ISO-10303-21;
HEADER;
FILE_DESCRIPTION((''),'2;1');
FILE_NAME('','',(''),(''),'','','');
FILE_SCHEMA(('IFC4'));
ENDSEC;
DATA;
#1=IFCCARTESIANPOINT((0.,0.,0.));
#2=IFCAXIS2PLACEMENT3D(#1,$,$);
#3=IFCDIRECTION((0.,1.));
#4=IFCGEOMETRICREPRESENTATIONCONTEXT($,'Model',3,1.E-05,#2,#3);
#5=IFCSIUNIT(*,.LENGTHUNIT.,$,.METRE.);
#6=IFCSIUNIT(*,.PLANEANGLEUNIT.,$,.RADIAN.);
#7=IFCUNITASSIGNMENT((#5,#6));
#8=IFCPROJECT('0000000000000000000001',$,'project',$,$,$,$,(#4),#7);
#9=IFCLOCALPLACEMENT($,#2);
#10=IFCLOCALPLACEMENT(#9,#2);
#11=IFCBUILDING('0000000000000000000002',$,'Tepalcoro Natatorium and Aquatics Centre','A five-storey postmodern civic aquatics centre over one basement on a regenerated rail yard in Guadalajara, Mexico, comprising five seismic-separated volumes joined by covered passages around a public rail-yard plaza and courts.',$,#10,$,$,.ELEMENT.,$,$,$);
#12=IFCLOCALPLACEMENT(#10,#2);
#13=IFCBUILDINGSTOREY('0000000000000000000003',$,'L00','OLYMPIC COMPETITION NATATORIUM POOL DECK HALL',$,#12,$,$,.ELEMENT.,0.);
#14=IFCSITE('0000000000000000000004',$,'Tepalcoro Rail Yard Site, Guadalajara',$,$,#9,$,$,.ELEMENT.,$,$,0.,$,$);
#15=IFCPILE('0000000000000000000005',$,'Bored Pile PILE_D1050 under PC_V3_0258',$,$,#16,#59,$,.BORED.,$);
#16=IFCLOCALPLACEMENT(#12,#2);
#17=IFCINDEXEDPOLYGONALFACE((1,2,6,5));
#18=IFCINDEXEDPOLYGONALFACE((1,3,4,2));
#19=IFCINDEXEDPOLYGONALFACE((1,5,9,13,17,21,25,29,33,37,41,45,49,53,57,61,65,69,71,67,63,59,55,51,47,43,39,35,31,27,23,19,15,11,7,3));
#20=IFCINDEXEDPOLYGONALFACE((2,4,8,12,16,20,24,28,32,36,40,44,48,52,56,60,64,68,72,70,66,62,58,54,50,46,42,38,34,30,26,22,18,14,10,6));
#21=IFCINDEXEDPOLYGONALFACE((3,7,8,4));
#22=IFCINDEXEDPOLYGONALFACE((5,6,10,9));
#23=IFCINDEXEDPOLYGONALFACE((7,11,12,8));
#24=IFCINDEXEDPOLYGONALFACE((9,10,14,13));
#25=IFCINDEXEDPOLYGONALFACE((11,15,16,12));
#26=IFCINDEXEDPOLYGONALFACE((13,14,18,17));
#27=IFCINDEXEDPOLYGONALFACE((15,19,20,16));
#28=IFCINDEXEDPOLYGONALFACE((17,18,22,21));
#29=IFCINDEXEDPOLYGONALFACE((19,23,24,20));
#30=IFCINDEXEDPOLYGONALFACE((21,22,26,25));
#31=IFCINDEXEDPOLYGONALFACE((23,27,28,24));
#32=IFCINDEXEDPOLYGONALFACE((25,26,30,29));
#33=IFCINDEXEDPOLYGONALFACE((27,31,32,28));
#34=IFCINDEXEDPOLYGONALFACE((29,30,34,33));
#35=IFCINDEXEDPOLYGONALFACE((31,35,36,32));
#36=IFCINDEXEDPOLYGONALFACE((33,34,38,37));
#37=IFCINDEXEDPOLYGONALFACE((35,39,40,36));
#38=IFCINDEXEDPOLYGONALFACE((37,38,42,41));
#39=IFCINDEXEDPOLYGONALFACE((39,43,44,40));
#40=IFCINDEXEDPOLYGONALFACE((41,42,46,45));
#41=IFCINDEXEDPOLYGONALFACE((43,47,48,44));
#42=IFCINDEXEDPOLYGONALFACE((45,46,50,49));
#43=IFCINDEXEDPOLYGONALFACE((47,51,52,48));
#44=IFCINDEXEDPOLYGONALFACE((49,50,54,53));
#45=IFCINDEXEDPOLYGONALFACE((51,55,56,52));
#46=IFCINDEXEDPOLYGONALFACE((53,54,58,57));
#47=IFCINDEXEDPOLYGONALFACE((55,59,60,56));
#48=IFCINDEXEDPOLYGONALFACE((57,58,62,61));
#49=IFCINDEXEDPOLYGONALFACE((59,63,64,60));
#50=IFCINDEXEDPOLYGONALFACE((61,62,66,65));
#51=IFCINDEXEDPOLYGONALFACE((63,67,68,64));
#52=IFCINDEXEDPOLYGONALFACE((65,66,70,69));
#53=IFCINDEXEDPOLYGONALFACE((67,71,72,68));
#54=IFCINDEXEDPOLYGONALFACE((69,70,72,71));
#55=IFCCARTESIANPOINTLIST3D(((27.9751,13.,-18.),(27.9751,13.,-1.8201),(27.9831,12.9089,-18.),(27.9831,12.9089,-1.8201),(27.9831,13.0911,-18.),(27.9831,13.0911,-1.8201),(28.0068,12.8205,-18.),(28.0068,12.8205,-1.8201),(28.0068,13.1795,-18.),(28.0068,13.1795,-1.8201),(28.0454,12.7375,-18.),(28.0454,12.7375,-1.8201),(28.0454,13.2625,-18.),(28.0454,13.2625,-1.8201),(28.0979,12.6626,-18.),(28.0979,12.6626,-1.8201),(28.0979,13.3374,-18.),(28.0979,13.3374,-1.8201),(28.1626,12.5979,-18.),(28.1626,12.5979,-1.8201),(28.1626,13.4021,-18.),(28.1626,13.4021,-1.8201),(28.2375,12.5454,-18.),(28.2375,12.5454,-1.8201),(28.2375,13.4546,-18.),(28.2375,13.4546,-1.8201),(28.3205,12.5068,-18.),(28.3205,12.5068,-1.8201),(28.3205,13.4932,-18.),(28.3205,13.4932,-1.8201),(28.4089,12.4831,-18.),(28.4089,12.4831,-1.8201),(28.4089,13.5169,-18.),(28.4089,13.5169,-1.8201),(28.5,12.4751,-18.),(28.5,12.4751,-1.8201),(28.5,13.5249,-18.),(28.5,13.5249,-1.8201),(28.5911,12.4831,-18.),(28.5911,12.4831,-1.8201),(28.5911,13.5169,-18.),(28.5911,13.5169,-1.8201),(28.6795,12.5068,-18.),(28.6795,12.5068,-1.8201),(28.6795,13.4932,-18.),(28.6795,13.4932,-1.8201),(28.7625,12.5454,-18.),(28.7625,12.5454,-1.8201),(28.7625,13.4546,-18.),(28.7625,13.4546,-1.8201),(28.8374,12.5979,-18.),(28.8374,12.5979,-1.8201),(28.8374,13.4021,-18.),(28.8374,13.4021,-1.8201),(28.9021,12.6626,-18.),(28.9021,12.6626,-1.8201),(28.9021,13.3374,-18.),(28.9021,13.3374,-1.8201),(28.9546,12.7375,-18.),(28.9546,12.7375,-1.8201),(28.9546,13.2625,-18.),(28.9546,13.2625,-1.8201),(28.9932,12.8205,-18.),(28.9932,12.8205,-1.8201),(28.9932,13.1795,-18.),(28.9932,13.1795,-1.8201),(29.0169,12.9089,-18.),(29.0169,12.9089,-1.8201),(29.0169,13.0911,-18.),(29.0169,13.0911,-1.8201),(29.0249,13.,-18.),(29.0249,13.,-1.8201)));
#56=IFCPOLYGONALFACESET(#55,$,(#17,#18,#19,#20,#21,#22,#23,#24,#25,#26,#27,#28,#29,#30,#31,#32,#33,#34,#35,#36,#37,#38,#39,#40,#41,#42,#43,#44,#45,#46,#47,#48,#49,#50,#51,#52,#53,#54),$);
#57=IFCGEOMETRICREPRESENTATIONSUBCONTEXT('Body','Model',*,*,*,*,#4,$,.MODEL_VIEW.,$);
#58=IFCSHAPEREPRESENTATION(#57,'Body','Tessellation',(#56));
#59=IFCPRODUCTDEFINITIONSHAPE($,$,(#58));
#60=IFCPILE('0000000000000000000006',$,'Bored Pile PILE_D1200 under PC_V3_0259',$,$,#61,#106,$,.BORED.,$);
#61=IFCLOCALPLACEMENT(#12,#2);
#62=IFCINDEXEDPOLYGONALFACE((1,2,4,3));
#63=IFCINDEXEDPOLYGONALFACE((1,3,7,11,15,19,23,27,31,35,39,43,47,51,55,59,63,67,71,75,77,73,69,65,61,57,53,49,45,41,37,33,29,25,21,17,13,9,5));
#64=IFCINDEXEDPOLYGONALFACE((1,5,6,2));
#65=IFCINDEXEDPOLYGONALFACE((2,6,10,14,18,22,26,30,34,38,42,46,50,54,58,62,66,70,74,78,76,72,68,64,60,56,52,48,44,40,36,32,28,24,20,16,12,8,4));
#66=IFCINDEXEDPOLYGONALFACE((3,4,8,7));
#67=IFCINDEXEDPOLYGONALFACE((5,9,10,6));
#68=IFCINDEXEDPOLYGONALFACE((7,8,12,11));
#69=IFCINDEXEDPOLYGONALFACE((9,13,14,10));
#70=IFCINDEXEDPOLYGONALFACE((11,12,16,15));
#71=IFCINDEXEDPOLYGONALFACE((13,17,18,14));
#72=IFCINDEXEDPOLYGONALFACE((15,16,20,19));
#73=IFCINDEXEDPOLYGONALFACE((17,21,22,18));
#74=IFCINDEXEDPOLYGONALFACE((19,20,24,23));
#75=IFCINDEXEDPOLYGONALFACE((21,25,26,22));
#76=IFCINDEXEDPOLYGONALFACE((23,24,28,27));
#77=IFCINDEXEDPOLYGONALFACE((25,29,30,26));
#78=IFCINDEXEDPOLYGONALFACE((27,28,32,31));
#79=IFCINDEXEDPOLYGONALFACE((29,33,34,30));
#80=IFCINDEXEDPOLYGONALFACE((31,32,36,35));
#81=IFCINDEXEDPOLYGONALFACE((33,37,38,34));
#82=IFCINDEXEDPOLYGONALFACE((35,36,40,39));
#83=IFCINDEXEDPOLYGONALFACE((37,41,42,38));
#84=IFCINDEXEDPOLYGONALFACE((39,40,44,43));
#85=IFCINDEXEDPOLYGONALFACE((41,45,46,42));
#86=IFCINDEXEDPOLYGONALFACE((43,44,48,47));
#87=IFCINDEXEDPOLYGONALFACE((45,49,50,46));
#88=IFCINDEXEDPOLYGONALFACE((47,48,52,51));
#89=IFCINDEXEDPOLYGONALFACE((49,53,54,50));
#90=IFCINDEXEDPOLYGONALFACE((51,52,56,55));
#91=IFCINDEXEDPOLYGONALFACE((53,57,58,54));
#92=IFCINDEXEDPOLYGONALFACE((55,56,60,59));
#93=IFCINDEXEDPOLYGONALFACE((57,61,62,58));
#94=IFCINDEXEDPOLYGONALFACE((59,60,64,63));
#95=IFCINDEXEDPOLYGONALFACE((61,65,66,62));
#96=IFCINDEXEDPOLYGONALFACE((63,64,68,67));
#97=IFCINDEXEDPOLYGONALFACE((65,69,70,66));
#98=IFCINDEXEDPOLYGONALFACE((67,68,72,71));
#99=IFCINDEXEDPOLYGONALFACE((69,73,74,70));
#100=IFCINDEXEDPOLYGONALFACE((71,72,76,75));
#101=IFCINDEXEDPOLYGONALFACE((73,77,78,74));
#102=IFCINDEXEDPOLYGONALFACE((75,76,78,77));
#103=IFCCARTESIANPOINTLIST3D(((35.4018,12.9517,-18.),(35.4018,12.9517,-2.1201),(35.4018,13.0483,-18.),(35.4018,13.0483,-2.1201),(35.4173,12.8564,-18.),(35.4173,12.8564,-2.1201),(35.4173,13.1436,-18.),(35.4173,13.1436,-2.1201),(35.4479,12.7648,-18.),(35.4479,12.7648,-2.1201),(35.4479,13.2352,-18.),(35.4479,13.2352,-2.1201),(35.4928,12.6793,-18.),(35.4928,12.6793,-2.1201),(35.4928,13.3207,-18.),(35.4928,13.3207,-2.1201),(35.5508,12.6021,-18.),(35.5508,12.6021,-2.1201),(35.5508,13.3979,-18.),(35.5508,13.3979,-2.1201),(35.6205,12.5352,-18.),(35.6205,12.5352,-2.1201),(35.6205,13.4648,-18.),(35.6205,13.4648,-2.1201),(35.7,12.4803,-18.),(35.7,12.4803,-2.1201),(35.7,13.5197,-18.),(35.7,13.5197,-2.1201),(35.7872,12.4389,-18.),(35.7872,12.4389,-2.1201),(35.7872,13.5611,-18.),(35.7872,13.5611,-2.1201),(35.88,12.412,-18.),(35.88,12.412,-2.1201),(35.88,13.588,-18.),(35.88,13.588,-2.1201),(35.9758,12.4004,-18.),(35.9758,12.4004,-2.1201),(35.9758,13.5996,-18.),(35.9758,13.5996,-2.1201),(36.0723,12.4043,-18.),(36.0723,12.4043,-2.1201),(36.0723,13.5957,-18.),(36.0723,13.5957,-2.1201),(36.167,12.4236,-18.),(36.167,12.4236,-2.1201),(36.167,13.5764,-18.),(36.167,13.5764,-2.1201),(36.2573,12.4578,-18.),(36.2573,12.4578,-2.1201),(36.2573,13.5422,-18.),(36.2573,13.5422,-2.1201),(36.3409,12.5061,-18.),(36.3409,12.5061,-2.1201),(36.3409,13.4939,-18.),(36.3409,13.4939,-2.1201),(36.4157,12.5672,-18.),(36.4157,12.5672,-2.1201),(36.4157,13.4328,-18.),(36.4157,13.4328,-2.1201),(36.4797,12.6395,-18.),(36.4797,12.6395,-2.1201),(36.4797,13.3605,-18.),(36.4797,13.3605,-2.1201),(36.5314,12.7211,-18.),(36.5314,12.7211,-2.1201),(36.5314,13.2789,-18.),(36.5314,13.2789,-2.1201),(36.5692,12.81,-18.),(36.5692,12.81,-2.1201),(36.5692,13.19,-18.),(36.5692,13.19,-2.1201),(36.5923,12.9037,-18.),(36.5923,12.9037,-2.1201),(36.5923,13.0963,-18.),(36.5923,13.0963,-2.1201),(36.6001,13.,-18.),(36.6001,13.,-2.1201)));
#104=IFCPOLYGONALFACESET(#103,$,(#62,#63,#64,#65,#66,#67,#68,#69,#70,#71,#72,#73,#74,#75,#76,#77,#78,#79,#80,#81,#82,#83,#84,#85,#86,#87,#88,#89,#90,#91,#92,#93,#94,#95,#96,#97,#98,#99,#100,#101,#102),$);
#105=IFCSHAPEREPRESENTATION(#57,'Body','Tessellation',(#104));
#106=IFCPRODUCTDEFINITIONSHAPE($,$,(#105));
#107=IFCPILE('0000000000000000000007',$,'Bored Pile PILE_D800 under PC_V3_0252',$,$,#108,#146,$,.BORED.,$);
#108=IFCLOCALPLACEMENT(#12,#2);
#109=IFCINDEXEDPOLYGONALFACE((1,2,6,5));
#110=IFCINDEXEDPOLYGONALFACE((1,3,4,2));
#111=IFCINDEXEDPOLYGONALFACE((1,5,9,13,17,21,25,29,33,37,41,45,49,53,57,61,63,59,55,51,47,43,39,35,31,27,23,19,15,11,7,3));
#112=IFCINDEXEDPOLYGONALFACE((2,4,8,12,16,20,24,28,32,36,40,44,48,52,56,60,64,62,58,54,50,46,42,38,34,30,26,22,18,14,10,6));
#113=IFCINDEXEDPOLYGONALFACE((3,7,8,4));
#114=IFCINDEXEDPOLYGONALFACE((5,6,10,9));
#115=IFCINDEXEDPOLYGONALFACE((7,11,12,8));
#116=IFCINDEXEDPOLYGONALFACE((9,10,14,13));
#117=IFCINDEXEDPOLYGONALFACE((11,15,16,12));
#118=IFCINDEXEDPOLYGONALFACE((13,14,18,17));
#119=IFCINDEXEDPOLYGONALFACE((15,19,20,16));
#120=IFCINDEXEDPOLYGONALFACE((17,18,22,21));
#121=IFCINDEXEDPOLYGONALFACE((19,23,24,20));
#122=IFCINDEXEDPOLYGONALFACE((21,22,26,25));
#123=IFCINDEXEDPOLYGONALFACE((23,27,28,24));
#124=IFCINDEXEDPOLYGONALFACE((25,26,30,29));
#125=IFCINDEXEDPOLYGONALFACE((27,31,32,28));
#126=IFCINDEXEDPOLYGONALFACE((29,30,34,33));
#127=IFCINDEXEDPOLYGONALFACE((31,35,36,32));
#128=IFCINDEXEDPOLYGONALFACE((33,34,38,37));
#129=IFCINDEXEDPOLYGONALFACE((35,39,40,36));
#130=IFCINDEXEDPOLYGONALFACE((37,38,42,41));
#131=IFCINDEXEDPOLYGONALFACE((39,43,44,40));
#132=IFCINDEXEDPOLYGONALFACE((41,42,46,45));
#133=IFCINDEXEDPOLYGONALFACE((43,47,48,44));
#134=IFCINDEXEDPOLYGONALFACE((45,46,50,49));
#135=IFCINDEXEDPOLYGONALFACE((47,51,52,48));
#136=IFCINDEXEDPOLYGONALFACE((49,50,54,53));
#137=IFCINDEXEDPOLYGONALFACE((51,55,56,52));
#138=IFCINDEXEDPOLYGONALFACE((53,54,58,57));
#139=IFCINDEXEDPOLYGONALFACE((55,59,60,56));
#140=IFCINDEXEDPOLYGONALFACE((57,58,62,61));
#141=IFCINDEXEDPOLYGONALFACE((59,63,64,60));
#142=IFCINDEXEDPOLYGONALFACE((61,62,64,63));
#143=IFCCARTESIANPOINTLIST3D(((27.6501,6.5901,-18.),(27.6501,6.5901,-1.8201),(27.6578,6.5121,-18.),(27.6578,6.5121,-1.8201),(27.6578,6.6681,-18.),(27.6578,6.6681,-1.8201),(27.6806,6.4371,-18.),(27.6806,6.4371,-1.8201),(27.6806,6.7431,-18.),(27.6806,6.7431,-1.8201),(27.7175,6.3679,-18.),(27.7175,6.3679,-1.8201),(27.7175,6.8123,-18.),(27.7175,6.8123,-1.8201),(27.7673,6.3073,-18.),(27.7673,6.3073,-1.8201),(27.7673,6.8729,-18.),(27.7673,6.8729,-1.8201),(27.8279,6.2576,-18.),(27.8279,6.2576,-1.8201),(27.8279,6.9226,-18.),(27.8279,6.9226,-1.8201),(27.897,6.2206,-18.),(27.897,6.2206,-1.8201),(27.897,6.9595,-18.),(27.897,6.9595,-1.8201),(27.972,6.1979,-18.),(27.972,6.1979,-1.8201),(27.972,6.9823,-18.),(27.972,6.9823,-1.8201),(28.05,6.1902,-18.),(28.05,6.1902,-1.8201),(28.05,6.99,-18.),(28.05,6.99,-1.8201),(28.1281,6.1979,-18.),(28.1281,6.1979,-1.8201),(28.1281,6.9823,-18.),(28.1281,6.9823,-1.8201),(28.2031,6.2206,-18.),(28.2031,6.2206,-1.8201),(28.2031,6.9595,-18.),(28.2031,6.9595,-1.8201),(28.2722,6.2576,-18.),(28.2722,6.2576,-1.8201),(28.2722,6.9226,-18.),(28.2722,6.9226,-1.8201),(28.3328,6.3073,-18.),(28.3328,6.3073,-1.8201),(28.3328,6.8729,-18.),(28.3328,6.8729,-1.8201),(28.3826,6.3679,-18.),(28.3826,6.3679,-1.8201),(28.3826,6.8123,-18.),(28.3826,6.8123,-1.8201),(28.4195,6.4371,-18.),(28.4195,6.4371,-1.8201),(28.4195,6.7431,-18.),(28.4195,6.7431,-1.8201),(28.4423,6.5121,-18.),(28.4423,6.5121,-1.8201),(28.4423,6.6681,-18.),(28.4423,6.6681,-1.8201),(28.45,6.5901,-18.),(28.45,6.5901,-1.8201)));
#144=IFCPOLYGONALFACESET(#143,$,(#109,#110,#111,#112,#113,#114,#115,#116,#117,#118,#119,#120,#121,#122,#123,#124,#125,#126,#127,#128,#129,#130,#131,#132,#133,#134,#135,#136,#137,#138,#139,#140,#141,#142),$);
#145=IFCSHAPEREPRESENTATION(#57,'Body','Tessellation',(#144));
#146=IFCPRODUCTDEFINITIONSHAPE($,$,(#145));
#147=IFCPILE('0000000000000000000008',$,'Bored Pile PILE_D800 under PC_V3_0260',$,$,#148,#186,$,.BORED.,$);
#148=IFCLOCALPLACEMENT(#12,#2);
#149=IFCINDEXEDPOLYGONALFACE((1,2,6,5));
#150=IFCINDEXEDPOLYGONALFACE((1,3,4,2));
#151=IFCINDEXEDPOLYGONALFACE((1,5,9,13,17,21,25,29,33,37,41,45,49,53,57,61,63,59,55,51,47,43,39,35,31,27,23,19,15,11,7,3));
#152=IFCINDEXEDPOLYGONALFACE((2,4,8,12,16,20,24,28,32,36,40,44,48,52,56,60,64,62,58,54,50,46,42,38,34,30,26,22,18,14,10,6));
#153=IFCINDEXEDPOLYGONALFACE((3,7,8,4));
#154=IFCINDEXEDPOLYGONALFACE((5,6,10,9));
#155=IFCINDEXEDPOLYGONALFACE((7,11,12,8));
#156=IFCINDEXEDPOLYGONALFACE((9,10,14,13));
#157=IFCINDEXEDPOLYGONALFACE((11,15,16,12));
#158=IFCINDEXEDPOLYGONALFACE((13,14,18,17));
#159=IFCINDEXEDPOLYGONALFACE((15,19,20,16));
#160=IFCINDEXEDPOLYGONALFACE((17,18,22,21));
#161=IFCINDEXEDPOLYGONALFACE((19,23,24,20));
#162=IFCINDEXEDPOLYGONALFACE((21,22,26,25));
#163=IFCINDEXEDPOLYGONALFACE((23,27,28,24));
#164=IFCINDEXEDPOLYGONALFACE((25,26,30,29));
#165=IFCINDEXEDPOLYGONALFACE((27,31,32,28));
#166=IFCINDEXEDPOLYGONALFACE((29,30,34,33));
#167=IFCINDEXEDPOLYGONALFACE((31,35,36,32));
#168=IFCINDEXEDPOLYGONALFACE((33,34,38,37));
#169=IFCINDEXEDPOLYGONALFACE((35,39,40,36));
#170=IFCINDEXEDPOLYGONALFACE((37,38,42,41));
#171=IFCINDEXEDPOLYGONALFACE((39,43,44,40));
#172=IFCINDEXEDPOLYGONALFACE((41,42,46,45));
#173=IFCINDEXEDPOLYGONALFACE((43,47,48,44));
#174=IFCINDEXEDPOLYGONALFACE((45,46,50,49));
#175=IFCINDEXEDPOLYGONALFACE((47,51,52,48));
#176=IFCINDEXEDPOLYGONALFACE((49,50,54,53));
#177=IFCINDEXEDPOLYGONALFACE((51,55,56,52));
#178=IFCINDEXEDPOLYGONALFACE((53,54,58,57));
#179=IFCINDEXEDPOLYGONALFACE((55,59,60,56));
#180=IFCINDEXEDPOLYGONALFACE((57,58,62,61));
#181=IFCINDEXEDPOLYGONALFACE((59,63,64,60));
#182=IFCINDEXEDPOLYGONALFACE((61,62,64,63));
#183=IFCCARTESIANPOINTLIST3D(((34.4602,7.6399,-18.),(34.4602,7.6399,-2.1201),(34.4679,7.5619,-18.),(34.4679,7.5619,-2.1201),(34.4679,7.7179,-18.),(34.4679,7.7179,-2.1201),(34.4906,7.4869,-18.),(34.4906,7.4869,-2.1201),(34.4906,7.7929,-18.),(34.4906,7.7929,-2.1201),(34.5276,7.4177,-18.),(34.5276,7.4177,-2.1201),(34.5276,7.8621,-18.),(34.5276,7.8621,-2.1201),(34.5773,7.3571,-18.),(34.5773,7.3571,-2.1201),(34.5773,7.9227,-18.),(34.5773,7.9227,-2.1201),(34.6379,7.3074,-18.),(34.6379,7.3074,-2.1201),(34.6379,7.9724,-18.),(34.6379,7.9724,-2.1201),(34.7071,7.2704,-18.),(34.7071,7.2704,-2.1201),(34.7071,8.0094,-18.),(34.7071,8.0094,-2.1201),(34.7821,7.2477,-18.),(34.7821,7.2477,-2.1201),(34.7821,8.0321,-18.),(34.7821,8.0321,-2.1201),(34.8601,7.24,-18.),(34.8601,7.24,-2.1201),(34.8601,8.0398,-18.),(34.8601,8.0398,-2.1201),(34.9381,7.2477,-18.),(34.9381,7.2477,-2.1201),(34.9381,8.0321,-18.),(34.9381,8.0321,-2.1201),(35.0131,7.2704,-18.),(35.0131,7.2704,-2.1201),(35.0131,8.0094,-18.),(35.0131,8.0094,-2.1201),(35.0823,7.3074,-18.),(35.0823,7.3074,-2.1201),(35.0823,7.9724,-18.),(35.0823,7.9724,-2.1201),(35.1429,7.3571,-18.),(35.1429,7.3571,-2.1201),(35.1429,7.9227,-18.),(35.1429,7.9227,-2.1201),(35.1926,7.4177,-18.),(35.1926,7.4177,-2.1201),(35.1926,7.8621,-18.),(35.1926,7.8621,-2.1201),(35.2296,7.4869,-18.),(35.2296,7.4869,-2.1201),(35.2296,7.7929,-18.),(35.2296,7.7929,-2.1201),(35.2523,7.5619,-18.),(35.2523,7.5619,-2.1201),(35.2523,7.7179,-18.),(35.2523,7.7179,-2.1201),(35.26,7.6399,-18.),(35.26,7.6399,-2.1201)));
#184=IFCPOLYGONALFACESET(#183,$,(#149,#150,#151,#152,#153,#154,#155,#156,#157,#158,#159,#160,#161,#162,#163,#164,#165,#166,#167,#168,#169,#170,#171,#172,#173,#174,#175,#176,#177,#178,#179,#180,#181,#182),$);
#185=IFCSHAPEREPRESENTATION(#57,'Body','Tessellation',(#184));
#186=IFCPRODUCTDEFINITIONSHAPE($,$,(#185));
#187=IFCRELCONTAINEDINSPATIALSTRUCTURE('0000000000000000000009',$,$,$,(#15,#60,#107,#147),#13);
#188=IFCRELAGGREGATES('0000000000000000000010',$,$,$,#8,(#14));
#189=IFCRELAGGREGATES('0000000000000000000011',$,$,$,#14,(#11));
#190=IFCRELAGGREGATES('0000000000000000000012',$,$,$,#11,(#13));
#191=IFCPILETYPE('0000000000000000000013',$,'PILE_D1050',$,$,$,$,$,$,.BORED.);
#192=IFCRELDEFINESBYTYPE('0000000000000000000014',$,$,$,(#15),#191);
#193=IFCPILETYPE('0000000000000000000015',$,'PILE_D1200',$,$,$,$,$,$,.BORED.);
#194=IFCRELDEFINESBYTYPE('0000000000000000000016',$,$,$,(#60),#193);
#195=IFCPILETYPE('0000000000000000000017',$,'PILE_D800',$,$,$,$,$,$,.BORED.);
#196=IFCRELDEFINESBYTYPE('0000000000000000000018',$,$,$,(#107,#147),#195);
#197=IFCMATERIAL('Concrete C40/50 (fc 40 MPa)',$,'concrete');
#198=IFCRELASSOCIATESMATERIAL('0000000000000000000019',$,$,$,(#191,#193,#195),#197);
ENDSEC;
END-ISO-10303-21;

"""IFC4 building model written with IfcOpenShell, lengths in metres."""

from ifc_helpers import new_model, si_unit, direction, frame, origin, origin_2d, place, context, subcontext, project, spatial, circle, extrude, material, material_profile, profile_set, type_object, element, save


model = new_model("IFC4")

# Units and contexts
model_context = context("Model", 3, precision=1e-05, world=origin(), true_north=direction((0.0, 1.0)))
body_context = subcontext(model_context, "Body", "Model", "MODEL_VIEW")
ifc_project = project(units=[si_unit("LENGTHUNIT", "METRE"), si_unit("PLANEANGLEUNIT", "RADIAN")], contexts=[model_context])

# Site, building, storey
site_placement = place(None, origin())
site = spatial("IfcSite", under=ifc_project, at=site_placement, Name="Tepalcoro Rail Yard Site, Guadalajara", CompositionType="ELEMENT", RefElevation=0.0)
building_placement = place(site_placement, origin())
building = spatial("IfcBuilding", under=site, at=building_placement, Name="Tepalcoro Natatorium and Aquatics Centre", Description="A five-storey postmodern civic aquatics centre over one basement on a regenerated rail yard in Guadalajara, Mexico, comprising five seismic-separated volumes joined by covered passages around a public rail-yard plaza and courts.", CompositionType="ELEMENT")
storey_placement = place(building_placement, origin())
storey = spatial("IfcBuildingStorey", under=building, at=storey_placement, Name="L00", Description="OLYMPIC COMPETITION NATATORIUM POOL DECK HALL", CompositionType="ELEMENT", Elevation=0.0)

# Piles
ifc_material_1 = material(Name="Concrete C40/50 (fc 40 MPa)", Category="concrete")
ifc_material_profile_1 = material_profile(ifc_material_1, circle(Radius=0.5249, at=origin_2d()), Name="PILE_D1050")
ifc_profile_set_1 = profile_set([ifc_material_profile_1], Name="Concrete C40/50 (fc 40 MPa)")
pile_type_1 = type_object("IfcPileType", Name="PILE_D1050", PredefinedType="BORED", material=ifc_profile_set_1)
pile_1_placement = place(storey_placement, frame((28.5, 13.0, -1.8201), z_axis=(0.0, 0.0, -1.0), x_axis=(1.0, 0.0, 0.0)))
element("IfcPile", 1, at=pile_1_placement, inside=storey, type_object=pile_type_1, Name="Bored Pile PILE_D1050 under PC_V3_0258", PredefinedType="BORED", context=body_context, shape_type="SweptSolid", body=[
    extrude(circle(Radius=0.5249, at=origin_2d()), origin(), (0.0, 0.0, 1.0), 16.1799),
])
ifc_material_profile_2 = material_profile(ifc_material_1, circle(Radius=0.6001, at=origin_2d()), Name="PILE_D1200")
ifc_profile_set_2 = profile_set([ifc_material_profile_2], Name="Concrete C40/50 (fc 40 MPa)")
pile_type_2 = type_object("IfcPileType", Name="PILE_D1200", PredefinedType="BORED", material=ifc_profile_set_2)
pile_2_placement = place(storey_placement, frame((36.0, 13.0, -2.1201), z_axis=(0.0, 0.0, -1.0), x_axis=(1.0, 0.0, 0.0)))
element("IfcPile", 2, at=pile_2_placement, inside=storey, type_object=pile_type_2, Name="Bored Pile PILE_D1200 under PC_V3_0259", PredefinedType="BORED", context=body_context, shape_type="SweptSolid", body=[
    extrude(circle(Radius=0.6001, at=origin_2d()), origin(), (0.0, 0.0, 1.0), 15.8799),
])
ifc_material_profile_3 = material_profile(ifc_material_1, circle(Radius=0.3999, at=origin_2d()), Name="PILE_D800")
ifc_profile_set_3 = profile_set([ifc_material_profile_3], Name="Concrete C40/50 (fc 40 MPa)")
pile_type_3 = type_object("IfcPileType", Name="PILE_D800", PredefinedType="BORED", material=ifc_profile_set_3)
pile_3_placement = place(storey_placement, frame((28.05, 6.5901, -1.8201), z_axis=(0.0, 0.0, -1.0), x_axis=(1.0, 0.0, 0.0)))
element("IfcPile", 3, at=pile_3_placement, inside=storey, type_object=pile_type_3, Name="Bored Pile PILE_D800 under PC_V3_0252", PredefinedType="BORED", context=body_context, shape_type="SweptSolid", body=[
    extrude(circle(Radius=0.3999, at=origin_2d()), origin(), (0.0, 0.0, 1.0), 16.1799),
])
for number, where, z_axis, x_axis, name in (
    (4, (34.8601, 7.6399, -2.1201), (0.0, 0.0, -1.0), (1.0, 0.0, 0.0), "Bored Pile PILE_D800 under PC_V3_0260"),
):
    element("IfcPile", number, at=place(storey_placement, frame(where, z_axis=z_axis, x_axis=x_axis)), inside=storey, type_object=pile_type_3, Name=name, PredefinedType="BORED", context=body_context, shape_type="SweptSolid", body=[
        extrude(circle(Radius=0.3999, at=origin_2d()), origin(), (0.0, 0.0, 1.0), 15.8799),
    ])

save(model, "model.ifc")
